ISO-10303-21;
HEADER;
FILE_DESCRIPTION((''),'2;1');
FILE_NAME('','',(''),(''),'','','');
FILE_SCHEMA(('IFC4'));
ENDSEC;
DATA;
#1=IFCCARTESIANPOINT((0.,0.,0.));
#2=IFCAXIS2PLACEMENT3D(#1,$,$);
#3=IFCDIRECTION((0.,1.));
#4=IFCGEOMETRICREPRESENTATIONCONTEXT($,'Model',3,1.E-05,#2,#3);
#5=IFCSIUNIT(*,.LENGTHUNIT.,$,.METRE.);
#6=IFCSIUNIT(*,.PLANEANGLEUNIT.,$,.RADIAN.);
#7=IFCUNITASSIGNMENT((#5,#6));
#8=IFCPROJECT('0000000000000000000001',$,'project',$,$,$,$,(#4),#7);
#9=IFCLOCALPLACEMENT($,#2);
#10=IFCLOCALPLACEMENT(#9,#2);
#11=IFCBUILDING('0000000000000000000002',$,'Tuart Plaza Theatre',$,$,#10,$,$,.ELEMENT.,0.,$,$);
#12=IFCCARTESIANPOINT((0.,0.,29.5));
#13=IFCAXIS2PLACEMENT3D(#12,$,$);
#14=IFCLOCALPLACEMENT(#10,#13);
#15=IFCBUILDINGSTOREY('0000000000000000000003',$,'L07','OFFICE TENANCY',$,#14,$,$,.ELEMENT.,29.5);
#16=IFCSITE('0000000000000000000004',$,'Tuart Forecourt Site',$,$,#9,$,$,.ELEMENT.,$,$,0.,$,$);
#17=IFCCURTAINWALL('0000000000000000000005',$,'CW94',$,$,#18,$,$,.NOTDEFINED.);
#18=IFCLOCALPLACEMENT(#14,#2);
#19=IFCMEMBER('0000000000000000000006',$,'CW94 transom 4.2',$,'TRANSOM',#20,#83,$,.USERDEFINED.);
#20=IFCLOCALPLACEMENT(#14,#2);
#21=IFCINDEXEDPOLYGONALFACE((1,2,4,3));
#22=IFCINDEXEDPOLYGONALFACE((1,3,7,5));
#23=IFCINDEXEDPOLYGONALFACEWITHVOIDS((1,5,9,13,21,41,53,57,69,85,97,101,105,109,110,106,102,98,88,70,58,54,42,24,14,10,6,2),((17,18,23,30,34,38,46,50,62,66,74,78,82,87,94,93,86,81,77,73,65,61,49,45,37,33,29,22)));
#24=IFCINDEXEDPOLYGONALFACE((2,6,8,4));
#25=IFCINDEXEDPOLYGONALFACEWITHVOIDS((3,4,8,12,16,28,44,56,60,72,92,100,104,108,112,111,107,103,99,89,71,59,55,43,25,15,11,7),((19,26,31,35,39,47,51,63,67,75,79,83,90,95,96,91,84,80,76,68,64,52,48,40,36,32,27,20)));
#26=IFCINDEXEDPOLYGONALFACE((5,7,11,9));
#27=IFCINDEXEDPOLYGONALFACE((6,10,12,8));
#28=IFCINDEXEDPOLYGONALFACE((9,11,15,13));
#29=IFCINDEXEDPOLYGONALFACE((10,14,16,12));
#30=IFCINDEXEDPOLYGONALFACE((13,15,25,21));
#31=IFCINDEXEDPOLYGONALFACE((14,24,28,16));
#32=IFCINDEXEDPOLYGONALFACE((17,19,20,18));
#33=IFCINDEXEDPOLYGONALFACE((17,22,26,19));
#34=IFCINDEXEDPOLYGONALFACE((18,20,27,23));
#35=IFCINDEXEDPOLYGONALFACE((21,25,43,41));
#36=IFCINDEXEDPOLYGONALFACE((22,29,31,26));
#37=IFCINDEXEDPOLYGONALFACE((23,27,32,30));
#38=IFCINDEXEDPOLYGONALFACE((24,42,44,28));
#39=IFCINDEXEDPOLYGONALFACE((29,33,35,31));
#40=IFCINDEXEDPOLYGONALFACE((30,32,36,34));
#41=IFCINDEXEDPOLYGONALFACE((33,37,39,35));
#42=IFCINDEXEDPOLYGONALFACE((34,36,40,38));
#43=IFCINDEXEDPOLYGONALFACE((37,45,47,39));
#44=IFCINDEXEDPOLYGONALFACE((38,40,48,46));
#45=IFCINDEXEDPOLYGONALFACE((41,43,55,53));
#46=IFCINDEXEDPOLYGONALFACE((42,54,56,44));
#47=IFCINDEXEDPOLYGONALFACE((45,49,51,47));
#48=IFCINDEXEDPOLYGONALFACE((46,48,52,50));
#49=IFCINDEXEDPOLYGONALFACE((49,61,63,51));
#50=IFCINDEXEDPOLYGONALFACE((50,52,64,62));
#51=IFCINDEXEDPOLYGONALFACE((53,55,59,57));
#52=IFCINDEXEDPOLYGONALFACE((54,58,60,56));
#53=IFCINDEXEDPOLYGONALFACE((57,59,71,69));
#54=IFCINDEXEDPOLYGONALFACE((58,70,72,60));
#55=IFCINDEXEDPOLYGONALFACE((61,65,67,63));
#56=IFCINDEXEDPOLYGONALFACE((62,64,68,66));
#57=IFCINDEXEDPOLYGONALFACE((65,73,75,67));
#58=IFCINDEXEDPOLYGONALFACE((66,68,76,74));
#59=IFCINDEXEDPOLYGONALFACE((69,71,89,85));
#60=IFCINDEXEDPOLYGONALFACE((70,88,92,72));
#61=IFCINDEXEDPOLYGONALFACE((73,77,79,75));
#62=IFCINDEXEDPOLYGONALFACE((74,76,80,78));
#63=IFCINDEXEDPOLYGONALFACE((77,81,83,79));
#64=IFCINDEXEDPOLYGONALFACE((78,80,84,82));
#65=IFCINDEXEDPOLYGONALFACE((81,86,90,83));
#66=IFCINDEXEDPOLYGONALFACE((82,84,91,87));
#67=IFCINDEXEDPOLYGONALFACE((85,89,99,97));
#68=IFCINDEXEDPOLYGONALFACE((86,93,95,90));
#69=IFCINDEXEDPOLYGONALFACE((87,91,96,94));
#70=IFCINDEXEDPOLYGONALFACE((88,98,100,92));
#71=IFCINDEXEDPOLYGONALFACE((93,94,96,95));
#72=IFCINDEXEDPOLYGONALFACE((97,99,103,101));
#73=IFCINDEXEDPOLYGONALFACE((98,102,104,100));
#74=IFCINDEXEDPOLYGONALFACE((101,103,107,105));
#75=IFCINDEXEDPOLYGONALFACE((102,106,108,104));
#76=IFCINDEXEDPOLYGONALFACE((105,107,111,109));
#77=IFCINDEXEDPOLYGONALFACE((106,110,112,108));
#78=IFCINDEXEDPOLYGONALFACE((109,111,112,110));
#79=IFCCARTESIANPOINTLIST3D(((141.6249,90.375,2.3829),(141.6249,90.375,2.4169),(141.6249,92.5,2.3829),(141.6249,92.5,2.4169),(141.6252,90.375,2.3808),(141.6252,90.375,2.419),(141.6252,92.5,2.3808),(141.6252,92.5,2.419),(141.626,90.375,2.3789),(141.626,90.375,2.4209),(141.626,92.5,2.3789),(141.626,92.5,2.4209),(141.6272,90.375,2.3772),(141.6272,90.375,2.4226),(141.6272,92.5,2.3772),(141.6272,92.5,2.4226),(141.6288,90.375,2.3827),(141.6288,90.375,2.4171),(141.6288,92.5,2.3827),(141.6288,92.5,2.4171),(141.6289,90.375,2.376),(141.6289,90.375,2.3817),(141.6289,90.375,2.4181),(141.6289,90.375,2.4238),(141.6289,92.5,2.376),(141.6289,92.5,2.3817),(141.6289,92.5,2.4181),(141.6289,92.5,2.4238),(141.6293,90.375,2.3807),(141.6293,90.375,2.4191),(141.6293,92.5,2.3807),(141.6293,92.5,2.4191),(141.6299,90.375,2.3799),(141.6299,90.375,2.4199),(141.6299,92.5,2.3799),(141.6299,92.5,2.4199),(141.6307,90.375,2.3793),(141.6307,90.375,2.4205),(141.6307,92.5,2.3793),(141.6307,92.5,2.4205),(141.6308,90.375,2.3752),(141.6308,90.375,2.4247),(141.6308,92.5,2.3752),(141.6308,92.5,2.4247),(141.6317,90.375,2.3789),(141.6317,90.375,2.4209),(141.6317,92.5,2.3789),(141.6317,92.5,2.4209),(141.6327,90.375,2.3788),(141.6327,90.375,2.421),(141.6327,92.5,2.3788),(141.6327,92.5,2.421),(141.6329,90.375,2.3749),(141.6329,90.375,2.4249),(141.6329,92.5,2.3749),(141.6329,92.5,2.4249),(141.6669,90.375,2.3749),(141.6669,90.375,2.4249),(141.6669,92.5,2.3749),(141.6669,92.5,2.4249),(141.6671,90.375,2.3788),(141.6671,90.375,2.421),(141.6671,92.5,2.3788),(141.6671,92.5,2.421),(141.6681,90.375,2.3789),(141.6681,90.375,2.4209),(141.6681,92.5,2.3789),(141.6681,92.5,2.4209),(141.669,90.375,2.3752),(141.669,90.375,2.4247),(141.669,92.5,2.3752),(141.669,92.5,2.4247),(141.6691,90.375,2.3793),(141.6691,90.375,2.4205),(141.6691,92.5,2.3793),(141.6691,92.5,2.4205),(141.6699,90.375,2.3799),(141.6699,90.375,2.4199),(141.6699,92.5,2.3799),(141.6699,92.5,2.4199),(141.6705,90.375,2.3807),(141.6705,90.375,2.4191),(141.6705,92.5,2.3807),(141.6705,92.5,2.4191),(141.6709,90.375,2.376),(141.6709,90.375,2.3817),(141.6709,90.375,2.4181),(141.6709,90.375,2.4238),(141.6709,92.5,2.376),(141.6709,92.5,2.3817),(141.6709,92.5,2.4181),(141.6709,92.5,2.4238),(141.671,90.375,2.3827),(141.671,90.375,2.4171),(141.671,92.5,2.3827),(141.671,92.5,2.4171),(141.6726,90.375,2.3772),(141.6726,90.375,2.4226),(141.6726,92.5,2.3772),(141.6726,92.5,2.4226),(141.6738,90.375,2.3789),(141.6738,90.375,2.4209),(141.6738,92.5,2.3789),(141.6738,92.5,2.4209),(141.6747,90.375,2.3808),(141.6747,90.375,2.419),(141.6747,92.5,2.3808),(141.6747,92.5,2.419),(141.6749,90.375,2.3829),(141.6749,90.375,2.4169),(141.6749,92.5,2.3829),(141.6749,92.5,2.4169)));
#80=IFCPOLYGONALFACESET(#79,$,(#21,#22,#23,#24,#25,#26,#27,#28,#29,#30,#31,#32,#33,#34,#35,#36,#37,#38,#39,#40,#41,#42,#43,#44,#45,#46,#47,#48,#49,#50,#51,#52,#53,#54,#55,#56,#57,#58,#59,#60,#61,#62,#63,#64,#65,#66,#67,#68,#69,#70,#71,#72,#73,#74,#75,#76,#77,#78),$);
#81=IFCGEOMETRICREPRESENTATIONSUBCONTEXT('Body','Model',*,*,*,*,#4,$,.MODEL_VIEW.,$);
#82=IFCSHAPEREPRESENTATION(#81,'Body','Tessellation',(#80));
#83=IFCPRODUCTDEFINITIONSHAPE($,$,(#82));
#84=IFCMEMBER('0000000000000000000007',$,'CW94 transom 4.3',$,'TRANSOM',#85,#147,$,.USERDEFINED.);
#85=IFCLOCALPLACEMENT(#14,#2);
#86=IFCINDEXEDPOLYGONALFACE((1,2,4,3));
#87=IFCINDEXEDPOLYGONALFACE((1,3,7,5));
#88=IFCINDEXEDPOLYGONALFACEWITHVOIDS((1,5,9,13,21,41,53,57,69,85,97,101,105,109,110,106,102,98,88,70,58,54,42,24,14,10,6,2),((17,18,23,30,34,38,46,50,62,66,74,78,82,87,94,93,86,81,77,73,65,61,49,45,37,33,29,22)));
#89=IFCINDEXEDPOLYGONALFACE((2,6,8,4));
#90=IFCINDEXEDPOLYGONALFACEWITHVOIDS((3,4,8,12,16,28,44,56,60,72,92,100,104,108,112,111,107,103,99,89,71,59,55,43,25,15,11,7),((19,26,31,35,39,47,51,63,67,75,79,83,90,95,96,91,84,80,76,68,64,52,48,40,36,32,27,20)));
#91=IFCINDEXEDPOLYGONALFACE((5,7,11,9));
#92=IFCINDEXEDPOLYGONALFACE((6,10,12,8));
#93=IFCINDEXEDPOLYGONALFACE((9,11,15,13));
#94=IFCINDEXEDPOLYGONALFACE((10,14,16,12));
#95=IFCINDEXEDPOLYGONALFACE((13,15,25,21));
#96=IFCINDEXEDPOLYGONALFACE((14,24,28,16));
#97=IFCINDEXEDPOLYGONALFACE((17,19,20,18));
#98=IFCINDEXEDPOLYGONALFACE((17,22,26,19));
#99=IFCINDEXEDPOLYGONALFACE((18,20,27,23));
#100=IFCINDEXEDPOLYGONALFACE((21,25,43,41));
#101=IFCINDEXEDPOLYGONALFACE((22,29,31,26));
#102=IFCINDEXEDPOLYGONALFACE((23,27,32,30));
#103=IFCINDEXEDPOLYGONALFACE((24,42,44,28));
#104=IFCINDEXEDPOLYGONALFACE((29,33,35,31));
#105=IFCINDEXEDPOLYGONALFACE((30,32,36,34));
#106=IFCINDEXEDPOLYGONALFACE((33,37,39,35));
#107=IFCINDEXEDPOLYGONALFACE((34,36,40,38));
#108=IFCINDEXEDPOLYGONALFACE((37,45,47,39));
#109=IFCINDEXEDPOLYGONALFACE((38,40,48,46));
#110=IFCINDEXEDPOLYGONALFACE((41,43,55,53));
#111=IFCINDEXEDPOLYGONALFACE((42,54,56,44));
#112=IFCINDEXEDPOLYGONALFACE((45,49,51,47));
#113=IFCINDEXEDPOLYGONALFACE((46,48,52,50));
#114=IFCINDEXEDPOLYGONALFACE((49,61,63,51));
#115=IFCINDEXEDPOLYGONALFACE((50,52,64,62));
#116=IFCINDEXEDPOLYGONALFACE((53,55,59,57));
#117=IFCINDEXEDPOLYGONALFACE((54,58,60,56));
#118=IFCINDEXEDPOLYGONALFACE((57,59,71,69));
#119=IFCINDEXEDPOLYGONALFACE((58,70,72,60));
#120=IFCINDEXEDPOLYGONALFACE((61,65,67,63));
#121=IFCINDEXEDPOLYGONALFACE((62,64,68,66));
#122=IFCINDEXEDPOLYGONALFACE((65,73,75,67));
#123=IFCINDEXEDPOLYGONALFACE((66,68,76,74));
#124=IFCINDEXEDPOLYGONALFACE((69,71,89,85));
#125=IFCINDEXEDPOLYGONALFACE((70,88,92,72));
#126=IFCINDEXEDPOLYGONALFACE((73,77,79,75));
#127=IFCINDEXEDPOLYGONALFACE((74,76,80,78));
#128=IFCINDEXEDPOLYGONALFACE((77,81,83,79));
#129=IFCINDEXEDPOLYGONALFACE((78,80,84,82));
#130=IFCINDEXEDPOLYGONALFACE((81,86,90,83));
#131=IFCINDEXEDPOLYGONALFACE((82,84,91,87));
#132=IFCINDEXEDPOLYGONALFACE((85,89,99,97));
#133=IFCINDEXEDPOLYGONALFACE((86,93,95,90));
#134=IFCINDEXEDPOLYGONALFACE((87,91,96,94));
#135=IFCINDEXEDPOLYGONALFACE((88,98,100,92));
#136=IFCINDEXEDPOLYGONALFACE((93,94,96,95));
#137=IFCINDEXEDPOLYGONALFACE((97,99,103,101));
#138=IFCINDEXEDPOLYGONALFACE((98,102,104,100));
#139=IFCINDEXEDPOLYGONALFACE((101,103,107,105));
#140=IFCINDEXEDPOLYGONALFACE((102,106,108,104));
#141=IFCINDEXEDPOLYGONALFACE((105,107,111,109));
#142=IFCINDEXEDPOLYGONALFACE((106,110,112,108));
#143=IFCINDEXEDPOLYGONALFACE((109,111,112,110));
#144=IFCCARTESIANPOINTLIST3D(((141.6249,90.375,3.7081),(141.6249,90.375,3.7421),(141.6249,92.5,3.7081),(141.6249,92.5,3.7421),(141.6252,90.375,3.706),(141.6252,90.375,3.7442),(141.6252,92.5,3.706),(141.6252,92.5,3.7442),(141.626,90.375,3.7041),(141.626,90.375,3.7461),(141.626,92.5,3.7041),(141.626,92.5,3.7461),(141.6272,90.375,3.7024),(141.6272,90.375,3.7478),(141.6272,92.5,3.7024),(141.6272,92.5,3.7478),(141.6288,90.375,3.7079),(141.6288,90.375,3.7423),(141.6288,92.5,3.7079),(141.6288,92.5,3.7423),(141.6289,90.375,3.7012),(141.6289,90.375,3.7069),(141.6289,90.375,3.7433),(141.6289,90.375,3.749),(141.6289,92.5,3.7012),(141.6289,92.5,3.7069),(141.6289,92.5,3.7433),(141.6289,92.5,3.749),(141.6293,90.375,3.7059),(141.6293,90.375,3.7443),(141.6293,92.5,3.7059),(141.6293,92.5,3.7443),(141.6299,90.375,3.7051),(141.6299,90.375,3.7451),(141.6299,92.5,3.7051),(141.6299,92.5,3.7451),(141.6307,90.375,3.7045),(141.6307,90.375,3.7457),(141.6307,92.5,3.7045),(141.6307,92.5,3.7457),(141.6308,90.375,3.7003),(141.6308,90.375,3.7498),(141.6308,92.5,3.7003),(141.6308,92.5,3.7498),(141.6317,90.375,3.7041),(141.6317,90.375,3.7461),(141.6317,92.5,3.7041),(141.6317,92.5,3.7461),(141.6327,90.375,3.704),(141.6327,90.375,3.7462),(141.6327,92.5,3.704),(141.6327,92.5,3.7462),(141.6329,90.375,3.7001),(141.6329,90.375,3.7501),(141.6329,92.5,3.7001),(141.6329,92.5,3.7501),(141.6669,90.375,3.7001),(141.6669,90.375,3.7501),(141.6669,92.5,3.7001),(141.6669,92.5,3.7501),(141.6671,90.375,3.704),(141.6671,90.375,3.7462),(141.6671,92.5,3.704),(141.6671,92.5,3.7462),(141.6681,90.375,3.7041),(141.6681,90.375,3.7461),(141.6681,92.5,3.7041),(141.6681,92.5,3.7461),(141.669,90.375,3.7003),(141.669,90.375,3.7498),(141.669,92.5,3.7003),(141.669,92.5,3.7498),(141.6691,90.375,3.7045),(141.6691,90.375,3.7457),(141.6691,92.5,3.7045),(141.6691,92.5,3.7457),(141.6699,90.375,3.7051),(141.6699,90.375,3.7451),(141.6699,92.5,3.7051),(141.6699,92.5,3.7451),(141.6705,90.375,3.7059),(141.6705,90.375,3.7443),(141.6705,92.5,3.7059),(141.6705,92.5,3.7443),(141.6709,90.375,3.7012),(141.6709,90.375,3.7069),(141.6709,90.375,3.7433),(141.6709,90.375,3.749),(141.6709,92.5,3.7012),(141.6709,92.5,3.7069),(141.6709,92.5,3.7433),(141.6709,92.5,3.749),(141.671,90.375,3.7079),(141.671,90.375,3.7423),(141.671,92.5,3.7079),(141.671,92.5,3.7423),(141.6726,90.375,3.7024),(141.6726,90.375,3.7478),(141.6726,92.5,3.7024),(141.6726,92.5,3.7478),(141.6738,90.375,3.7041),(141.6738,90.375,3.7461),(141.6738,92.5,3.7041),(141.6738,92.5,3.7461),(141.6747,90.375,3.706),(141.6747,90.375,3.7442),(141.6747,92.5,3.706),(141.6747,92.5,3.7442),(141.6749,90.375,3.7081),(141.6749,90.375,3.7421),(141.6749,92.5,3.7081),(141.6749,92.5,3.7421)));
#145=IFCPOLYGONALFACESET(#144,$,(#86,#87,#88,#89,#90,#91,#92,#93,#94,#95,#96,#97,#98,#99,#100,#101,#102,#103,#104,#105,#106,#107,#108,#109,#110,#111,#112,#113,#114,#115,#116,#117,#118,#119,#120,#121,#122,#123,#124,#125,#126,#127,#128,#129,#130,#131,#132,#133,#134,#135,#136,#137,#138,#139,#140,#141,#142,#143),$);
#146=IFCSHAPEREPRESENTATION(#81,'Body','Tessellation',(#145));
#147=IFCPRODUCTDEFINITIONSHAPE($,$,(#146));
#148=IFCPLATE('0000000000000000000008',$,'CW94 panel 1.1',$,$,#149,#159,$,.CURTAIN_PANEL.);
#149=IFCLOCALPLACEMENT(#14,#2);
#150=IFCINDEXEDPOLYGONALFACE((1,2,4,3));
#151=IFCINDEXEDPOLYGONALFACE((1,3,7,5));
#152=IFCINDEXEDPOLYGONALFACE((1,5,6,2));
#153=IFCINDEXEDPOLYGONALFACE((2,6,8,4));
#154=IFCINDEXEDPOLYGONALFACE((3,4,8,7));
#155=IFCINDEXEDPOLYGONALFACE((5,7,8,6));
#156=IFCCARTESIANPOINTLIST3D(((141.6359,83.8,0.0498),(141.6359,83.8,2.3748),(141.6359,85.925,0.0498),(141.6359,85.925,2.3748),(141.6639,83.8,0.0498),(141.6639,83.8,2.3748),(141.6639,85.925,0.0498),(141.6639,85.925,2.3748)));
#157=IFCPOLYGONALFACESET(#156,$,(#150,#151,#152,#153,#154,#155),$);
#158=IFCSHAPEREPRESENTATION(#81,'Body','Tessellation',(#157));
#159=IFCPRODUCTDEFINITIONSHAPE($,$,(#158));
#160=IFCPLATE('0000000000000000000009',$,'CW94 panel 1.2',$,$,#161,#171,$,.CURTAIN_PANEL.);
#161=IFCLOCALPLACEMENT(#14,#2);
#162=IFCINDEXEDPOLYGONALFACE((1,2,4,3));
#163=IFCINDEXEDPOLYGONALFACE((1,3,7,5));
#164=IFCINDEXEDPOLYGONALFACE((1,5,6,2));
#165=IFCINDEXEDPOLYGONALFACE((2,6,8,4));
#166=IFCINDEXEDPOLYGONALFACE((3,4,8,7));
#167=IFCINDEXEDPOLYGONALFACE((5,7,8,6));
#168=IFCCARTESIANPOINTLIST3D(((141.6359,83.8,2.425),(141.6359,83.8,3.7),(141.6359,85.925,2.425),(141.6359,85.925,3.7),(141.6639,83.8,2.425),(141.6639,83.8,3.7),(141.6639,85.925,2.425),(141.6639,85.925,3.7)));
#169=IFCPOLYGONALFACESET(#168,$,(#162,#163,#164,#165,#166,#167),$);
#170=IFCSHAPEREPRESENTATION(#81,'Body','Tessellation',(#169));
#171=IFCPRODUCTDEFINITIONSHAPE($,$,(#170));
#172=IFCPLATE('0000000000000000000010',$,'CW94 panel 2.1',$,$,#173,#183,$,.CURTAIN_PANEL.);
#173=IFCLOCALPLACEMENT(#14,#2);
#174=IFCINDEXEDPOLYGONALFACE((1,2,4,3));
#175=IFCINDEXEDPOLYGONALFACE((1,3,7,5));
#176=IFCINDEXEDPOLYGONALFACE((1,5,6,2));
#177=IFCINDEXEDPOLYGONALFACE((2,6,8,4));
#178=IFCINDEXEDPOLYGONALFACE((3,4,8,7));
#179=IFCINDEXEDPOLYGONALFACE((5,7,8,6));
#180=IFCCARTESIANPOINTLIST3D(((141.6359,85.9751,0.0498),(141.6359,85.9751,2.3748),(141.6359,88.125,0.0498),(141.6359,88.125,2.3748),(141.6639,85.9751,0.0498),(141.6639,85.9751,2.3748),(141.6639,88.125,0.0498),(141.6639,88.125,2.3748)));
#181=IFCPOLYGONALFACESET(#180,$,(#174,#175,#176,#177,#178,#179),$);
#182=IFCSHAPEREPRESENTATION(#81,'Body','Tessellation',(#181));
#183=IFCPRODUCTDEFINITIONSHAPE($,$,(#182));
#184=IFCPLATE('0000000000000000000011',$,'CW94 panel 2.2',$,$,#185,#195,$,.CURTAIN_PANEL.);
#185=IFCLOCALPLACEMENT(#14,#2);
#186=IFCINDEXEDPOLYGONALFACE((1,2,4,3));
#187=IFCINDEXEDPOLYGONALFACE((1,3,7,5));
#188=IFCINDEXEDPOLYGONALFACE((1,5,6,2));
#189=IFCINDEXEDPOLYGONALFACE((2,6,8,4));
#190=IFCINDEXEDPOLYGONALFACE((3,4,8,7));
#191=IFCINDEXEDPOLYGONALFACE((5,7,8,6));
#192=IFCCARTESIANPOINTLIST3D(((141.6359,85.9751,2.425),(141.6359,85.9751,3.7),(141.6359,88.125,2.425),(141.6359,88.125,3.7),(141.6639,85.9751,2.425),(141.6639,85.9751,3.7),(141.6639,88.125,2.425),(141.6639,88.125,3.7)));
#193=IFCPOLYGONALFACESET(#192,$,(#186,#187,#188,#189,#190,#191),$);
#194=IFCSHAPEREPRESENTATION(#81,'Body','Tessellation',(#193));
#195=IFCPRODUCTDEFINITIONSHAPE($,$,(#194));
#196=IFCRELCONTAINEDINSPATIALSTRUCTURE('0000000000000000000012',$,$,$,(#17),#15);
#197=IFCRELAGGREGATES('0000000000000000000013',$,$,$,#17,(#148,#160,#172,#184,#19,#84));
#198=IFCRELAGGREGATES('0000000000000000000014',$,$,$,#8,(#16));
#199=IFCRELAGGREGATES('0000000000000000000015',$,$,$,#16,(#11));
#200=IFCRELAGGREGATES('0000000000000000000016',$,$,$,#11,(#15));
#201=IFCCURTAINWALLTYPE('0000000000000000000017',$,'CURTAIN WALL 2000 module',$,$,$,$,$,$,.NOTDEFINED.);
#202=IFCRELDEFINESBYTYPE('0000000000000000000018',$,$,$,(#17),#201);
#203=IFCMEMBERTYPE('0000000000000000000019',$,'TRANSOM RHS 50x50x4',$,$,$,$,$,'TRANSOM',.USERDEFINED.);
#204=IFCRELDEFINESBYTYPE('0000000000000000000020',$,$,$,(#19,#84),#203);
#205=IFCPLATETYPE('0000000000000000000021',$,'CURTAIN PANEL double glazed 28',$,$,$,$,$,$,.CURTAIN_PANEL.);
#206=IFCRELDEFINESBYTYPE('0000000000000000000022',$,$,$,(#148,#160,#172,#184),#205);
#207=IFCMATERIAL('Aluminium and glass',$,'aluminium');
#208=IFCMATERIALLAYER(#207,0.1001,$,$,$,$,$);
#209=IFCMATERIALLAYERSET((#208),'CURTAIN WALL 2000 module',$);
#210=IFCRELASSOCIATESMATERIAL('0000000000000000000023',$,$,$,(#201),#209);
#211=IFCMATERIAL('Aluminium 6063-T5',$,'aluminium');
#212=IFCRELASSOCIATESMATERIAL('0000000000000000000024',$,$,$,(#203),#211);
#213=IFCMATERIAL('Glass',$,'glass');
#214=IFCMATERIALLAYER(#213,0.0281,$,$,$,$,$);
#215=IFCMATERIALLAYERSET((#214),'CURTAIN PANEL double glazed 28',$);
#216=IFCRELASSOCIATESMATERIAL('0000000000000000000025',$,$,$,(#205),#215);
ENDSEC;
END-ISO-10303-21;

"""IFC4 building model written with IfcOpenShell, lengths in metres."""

from ifc_helpers import new_model, si_unit, direction, frame, origin, origin_2d, place, context, subcontext, project, spatial, rectangle, hollow_rectangle, extrude, material, layer, layer_set, material_profile, profile_set, type_object, element, aggregate, save


model = new_model("IFC4")

# Units and contexts
model_context = context("Model", 3, precision=1e-05, world=origin(), true_north=direction((0.0, 1.0)))
body_context = subcontext(model_context, "Body", "Model", "MODEL_VIEW")
ifc_project = project(units=[si_unit("LENGTHUNIT", "METRE"), si_unit("PLANEANGLEUNIT", "RADIAN")], contexts=[model_context])

# Site, building, storey
site_placement = place(None, origin())
site = spatial("IfcSite", under=ifc_project, at=site_placement, Name="Tuart Forecourt Site", CompositionType="ELEMENT", RefElevation=0.0)
building_placement = place(site_placement, origin())
building = spatial("IfcBuilding", under=site, at=building_placement, Name="Tuart Plaza Theatre", CompositionType="ELEMENT", ElevationOfRefHeight=0.0)
storey_placement = place(building_placement, frame((0.0, 0.0, 29.5)))
storey = spatial("IfcBuildingStorey", under=building, at=storey_placement, Name="L07", Description="OFFICE TENANCY", CompositionType="ELEMENT", Elevation=29.5)

# Curtain wall, members, plates
ifc_material_1 = material(Name="Aluminium and glass", Category="aluminium")
ifc_layer_1 = layer(ifc_material_1, 0.1001)
ifc_layer_set_1 = layer_set([ifc_layer_1], Name="CURTAIN WALL 2000 module")
curtain_wall_type = type_object("IfcCurtainWallType", Name="CURTAIN WALL 2000 module", PredefinedType="NOTDEFINED", material=ifc_layer_set_1)
curtain_wall_1_placement = place(storey_placement, origin())
curtain_wall_1 = element("IfcCurtainWall", 1, at=curtain_wall_1_placement, inside=storey, type_object=curtain_wall_type, Name="CW94", PredefinedType="NOTDEFINED")
ifc_material_2 = material(Name="Aluminium 6063-T5", Category="aluminium")
ifc_material_profile_1 = material_profile(ifc_material_2, hollow_rectangle(XDim=0.05, YDim=0.05, WallThickness=0.0039, InnerFilletRadius=0.0039, OuterFilletRadius=0.0081, at=origin_2d()), Name="RHS 50x50x4")
ifc_profile_set_1 = profile_set([ifc_material_profile_1], Name="Aluminium 6063-T5")
member_type_1 = type_object("IfcMemberType", Name="TRANSOM RHS 50x50x4", ElementType="TRANSOM", PredefinedType="USERDEFINED", material=ifc_profile_set_1)
member_1_placement = place(storey_placement, frame((141.6499, 90.375, 2.3999), z_axis=(0.0, 1.0, 0.0), x_axis=(-1.0, 0.0, 0.0)))
member_1 = element("IfcMember", 2, at=member_1_placement, type_object=member_type_1, Name="CW94 transom 4.2", ObjectType="TRANSOM", PredefinedType="USERDEFINED", context=body_context, shape_type="SweptSolid", body=[
    extrude(hollow_rectangle(XDim=0.05, YDim=0.05, WallThickness=0.0039, InnerFilletRadius=0.0039, OuterFilletRadius=0.0081, at=origin_2d()), origin(), (0.0, 0.0, 1.0), 2.125),
])
member_2_placement = place(storey_placement, frame((141.6499, 90.375, 3.7251), z_axis=(0.0, 1.0, 0.0), x_axis=(-1.0, 0.0, 0.0)))
member_2 = element("IfcMember", 3, at=member_2_placement, type_object=member_type_1, Name="CW94 transom 4.3", ObjectType="TRANSOM", PredefinedType="USERDEFINED", context=body_context, shape_type="SweptSolid", body=[
    extrude(hollow_rectangle(XDim=0.05, YDim=0.05, WallThickness=0.0039, InnerFilletRadius=0.0039, OuterFilletRadius=0.0081, at=origin_2d()), origin(), (0.0, 0.0, 1.0), 2.125),
])
ifc_material_3 = material(Name="Glass", Category="glass")
ifc_layer_2 = layer(ifc_material_3, 0.0281)
ifc_layer_set_2 = layer_set([ifc_layer_2], Name="CURTAIN PANEL double glazed 28")
plate_type = type_object("IfcPlateType", Name="CURTAIN PANEL double glazed 28", PredefinedType="CURTAIN_PANEL", material=ifc_layer_set_2)
plate_1_placement = place(storey_placement, frame((141.6499, 84.8625, 0.0498), z_axis=(0.0, 0.0, 1.0), x_axis=(0.0, 1.0, 0.0)))
plate_1 = element("IfcPlate", 4, at=plate_1_placement, type_object=plate_type, Name="CW94 panel 1.1", PredefinedType="CURTAIN_PANEL", context=body_context, shape_type="SweptSolid", body=[
    extrude(rectangle(XDim=2.125, YDim=0.0281, at=origin_2d()), origin(), (0.0, 0.0, 1.0), 2.325),
])
plate_2_placement = place(storey_placement, frame((141.6499, 84.8625, 2.425), z_axis=(0.0, 0.0, 1.0), x_axis=(0.0, 1.0, 0.0)))
plate_2 = element("IfcPlate", 5, at=plate_2_placement, type_object=plate_type, Name="CW94 panel 1.2", PredefinedType="CURTAIN_PANEL", context=body_context, shape_type="SweptSolid", body=[
    extrude(rectangle(XDim=2.125, YDim=0.0281, at=origin_2d()), origin(), (0.0, 0.0, 1.0), 1.2749),
])
plate_3_placement = place(storey_placement, frame((141.6499, 87.05, 0.0498), z_axis=(0.0, 0.0, 1.0), x_axis=(0.0, 1.0, 0.0)))
plate_3 = element("IfcPlate", 6, at=plate_3_placement, type_object=plate_type, Name="CW94 panel 2.1", PredefinedType="CURTAIN_PANEL", context=body_context, shape_type="SweptSolid", body=[
    extrude(rectangle(XDim=2.1499, YDim=0.0281, at=origin_2d()), origin(), (0.0, 0.0, 1.0), 2.325),
])
plate_4_placement = place(storey_placement, frame((141.6499, 87.05, 2.425), z_axis=(0.0, 0.0, 1.0), x_axis=(0.0, 1.0, 0.0)))
plate_4 = element("IfcPlate", 7, at=plate_4_placement, type_object=plate_type, Name="CW94 panel 2.2", PredefinedType="CURTAIN_PANEL", context=body_context, shape_type="SweptSolid", body=[
    extrude(rectangle(XDim=2.1499, YDim=0.0281, at=origin_2d()), origin(), (0.0, 0.0, 1.0), 1.2749),
])
aggregate(curtain_wall_1, [plate_1, plate_2, plate_3, plate_4, member_1, member_2])

save(model, "model.ifc")
